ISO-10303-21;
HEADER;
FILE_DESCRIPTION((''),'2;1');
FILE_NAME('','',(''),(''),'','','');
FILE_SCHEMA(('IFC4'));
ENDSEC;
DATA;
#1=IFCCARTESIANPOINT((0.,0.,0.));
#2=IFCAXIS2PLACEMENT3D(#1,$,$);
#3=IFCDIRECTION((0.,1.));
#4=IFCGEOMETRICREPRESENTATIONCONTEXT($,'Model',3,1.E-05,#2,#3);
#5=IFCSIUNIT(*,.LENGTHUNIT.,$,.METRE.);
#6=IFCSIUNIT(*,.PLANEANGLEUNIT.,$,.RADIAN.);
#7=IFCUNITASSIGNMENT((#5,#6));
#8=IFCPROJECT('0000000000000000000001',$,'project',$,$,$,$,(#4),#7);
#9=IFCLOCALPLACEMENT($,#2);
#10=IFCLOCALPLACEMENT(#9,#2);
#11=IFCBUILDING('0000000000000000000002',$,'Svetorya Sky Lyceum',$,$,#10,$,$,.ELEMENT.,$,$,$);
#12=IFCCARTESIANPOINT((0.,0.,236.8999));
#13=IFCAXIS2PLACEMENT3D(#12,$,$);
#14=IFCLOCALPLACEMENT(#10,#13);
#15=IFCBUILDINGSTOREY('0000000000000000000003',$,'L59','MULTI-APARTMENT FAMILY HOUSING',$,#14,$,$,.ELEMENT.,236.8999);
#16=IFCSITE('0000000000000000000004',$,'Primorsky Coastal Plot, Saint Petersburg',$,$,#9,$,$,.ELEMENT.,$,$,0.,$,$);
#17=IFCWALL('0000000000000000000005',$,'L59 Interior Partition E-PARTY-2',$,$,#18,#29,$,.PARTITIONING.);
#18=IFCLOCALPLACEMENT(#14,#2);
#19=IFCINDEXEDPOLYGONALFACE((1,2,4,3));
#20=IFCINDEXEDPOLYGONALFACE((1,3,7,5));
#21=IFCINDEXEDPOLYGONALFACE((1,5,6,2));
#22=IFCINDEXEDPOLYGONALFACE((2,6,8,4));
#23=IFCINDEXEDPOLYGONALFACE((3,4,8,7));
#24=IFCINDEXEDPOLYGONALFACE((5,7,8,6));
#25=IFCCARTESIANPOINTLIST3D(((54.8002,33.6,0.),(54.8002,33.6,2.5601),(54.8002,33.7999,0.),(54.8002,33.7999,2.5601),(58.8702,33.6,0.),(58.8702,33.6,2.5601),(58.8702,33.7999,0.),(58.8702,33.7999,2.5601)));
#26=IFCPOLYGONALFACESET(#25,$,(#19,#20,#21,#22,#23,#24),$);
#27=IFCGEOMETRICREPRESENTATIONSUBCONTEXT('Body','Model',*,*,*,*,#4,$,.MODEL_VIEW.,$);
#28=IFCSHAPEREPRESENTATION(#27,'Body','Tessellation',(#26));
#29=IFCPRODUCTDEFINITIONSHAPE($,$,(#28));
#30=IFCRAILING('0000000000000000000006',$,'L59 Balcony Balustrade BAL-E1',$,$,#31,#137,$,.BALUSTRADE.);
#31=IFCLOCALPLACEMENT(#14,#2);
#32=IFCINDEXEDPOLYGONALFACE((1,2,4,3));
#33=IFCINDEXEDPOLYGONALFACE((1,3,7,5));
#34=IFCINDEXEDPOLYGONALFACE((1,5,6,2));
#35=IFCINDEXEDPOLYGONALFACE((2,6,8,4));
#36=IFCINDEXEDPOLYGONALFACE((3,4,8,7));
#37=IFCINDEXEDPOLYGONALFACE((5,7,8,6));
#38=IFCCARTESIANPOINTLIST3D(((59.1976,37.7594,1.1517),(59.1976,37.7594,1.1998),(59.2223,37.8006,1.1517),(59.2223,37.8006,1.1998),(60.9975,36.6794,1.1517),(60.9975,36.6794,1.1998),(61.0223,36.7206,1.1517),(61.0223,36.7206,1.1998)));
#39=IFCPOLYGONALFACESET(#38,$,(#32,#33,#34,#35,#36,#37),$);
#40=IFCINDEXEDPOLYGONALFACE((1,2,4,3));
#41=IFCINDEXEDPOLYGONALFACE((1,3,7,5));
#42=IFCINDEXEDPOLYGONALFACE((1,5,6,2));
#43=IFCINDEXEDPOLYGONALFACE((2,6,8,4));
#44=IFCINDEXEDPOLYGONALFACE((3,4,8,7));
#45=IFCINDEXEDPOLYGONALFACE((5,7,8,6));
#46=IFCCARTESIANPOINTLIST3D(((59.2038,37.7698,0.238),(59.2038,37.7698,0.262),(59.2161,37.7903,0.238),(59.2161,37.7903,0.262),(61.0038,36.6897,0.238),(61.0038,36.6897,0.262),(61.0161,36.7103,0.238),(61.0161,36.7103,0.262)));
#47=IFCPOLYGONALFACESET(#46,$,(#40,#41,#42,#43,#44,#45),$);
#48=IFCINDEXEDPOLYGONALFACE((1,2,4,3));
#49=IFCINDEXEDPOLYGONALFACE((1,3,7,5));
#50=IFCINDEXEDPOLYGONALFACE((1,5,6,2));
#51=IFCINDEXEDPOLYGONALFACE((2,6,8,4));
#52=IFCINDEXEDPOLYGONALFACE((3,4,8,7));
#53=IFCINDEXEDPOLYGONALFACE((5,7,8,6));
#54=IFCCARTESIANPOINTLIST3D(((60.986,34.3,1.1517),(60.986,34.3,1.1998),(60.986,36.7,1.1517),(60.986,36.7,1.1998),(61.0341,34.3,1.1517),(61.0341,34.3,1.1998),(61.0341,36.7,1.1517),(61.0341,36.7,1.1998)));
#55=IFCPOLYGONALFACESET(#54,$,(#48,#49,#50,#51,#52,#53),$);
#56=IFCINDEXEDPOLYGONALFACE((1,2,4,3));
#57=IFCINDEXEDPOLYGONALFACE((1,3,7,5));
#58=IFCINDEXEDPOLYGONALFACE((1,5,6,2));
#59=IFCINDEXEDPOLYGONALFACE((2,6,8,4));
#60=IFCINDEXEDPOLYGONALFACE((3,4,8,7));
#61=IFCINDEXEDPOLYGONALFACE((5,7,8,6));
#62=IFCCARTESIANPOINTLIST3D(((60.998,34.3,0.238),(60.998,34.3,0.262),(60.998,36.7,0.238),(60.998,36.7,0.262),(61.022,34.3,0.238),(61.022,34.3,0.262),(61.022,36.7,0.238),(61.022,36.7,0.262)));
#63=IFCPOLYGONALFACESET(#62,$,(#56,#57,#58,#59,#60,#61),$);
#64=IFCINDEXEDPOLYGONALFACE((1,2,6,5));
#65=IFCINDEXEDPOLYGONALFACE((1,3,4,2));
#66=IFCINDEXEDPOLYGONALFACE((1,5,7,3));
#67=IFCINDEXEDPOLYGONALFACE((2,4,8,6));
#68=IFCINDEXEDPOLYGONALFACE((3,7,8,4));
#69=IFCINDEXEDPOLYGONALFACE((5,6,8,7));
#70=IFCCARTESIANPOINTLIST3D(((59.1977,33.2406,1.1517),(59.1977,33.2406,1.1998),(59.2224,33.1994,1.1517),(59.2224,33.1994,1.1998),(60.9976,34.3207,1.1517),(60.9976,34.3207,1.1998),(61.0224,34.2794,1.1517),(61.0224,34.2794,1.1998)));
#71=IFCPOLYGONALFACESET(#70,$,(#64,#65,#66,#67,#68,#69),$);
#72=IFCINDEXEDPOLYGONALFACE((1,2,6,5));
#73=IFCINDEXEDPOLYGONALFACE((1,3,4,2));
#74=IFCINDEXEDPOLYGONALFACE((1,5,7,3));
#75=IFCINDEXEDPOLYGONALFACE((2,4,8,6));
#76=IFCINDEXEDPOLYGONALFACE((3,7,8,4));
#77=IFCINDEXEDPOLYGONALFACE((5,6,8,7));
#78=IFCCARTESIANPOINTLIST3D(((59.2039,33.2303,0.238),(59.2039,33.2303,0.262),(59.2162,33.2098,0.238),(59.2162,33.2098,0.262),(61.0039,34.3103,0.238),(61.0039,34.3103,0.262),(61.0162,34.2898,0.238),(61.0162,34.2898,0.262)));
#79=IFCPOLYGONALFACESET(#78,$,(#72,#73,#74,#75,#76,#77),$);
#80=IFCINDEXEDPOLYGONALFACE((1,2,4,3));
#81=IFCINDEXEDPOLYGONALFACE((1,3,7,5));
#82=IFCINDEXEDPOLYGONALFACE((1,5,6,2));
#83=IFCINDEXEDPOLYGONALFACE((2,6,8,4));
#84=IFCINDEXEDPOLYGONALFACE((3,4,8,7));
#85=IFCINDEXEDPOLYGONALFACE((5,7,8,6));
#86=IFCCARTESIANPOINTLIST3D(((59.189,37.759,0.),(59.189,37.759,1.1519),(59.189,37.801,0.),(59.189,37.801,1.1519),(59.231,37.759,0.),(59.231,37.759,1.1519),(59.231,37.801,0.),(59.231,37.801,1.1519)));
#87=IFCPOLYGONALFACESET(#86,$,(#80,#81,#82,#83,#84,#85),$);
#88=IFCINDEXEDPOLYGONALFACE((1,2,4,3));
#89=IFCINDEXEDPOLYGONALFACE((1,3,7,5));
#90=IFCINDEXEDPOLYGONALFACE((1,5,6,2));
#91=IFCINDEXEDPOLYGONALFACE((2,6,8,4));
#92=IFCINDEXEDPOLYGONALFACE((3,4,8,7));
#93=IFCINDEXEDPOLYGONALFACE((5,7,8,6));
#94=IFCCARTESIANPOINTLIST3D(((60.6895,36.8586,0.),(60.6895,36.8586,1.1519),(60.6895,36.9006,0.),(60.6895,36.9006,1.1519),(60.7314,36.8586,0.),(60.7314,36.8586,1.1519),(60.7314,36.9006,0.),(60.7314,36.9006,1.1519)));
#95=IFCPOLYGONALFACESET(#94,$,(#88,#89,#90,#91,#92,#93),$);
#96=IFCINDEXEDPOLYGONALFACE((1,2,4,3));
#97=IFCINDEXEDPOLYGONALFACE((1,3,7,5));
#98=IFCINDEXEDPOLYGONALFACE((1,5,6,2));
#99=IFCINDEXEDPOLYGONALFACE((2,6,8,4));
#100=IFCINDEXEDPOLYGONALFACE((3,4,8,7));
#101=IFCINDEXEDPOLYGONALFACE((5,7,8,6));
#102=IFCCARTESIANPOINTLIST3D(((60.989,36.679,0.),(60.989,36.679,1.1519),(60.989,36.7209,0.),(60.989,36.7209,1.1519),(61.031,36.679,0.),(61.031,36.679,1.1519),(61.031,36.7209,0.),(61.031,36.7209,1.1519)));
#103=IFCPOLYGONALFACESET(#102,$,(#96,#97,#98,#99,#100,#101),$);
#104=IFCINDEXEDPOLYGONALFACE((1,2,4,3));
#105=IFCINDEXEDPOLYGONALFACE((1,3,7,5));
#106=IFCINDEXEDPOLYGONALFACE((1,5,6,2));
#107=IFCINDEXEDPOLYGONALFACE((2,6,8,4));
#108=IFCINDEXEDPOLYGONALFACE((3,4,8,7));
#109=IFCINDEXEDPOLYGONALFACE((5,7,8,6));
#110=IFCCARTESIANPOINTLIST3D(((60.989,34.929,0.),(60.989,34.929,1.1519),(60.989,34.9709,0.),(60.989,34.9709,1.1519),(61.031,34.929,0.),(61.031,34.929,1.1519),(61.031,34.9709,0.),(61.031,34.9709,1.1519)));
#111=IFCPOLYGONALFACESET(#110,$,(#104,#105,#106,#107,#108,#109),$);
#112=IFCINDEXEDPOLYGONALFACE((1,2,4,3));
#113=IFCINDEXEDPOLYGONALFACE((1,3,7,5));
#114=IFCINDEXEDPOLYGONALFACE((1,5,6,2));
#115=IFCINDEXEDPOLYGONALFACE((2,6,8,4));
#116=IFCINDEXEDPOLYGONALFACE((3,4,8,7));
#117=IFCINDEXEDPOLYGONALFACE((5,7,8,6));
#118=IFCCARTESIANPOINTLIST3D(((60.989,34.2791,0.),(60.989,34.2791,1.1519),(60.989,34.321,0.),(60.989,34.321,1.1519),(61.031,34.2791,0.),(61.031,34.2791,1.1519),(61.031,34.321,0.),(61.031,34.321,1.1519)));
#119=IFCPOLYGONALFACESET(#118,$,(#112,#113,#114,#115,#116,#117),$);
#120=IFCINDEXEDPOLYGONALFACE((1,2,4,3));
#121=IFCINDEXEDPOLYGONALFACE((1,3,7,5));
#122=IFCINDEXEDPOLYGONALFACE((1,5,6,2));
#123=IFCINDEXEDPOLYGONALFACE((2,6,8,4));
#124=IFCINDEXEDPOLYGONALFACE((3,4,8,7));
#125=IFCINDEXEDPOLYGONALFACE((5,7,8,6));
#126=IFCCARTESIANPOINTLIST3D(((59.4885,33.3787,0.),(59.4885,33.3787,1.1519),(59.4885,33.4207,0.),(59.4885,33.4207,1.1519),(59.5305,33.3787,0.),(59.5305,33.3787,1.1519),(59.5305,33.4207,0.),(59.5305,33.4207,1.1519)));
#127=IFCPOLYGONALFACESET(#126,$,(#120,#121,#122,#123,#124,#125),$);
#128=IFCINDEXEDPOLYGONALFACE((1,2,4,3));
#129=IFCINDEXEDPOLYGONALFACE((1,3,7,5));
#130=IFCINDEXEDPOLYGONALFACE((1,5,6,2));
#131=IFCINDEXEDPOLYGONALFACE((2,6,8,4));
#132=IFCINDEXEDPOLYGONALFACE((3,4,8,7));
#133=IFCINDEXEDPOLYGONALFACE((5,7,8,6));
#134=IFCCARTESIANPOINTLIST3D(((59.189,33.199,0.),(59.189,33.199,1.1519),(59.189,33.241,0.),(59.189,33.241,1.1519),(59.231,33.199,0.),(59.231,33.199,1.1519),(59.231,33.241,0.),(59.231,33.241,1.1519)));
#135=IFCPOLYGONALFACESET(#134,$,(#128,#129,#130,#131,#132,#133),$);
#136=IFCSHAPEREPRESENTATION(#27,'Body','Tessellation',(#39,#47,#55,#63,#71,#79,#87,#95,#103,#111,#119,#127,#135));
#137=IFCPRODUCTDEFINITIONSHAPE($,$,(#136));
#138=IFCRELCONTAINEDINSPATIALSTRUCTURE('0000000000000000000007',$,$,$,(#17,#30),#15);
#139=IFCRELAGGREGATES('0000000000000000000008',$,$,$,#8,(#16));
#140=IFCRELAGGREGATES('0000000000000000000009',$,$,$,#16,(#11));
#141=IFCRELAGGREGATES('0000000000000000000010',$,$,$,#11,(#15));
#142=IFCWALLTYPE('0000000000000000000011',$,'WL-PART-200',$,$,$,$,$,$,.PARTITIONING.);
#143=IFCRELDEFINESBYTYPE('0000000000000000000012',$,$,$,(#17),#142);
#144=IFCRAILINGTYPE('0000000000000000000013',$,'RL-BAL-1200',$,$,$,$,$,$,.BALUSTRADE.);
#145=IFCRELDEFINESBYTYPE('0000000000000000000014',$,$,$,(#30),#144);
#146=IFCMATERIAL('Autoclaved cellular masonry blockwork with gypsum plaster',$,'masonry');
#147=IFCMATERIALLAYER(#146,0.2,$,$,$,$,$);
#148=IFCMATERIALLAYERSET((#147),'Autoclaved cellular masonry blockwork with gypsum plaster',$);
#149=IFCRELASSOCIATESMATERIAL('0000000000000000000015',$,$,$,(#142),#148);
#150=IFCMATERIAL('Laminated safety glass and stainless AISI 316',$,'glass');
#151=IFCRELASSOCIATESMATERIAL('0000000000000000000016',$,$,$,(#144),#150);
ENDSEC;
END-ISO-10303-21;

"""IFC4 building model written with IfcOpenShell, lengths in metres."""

from ifc_helpers import new_model, si_unit, direction, frame, frame_2d, origin, origin_2d, place, context, subcontext, project, spatial, rectangle, extrude, material, layer, layer_set, type_object, element, save


model = new_model("IFC4")

# Units and contexts
model_context = context("Model", 3, precision=1e-05, world=origin(), true_north=direction((0.0, 1.0)))
body_context = subcontext(model_context, "Body", "Model", "MODEL_VIEW")
ifc_project = project(units=[si_unit("LENGTHUNIT", "METRE"), si_unit("PLANEANGLEUNIT", "RADIAN")], contexts=[model_context])

# Site, building, storey
site_placement = place(None, origin())
site = spatial("IfcSite", under=ifc_project, at=site_placement, Name="Primorsky Coastal Plot, Saint Petersburg", CompositionType="ELEMENT", RefElevation=0.0)
building_placement = place(site_placement, origin())
building = spatial("IfcBuilding", under=site, at=building_placement, Name="Svetorya Sky Lyceum", CompositionType="ELEMENT")
storey_placement = place(building_placement, frame((0.0, 0.0, 236.8999)))
storey = spatial("IfcBuildingStorey", under=building, at=storey_placement, Name="L59", Description="MULTI-APARTMENT FAMILY HOUSING", CompositionType="ELEMENT", Elevation=236.8999)

# Wall
ifc_material_1 = material(Name="Autoclaved cellular masonry blockwork with gypsum plaster", Category="masonry")
ifc_layer_1 = layer(ifc_material_1, 0.2)
ifc_layer_set_1 = layer_set([ifc_layer_1], Name="Autoclaved cellular masonry blockwork with gypsum plaster")
wall_type_1 = type_object("IfcWallType", Name="WL-PART-200", PredefinedType="PARTITIONING", material=ifc_layer_set_1)
wall_1_placement = place(storey_placement, frame((54.8, 33.7, 0.0), z_axis=(0.0, 0.0, 1.0), x_axis=(1.0, 0.0, 0.0)))
element("IfcWall", 1, at=wall_1_placement, inside=storey, type_object=wall_type_1, Name="L59 Interior Partition E-PARTY-2", PredefinedType="PARTITIONING", context=body_context, shape_type="SweptSolid", body=[
    extrude(rectangle(XDim=4.0701, YDim=0.2, at=frame_2d((2.0352, 0.0))), origin(), (0.0, 0.0, 1.0), 2.5601),
])

# Railing
ifc_material_2 = material(Name="Laminated safety glass and stainless AISI 316", Category="glass")
railing_type = type_object("IfcRailingType", Name="RL-BAL-1200", PredefinedType="BALUSTRADE", material=ifc_material_2)
railing_placement = place(storey_placement, frame((59.21, 37.78, 0.0)))
element("IfcRailing", 2, at=railing_placement, inside=storey, type_object=railing_type, Name="L59 Balcony Balustrade BAL-E1", PredefinedType="BALUSTRADE", context=body_context, shape_type="SweptSolid", body=[
    extrude(rectangle(XDim=0.0481, YDim=0.0481, at=origin_2d()), frame((0.0, 0.0, 1.1758), z_axis=(0.857483, -0.514513, 0.0), x_axis=(0.514513, 0.857483, 0.0)), (0.0, 0.0, 1.0), 2.0991),
    extrude(rectangle(XDim=0.0239, YDim=0.0239, at=origin_2d()), frame((0.0, 0.0, 0.25), z_axis=(0.857483, -0.514513, 0.0), x_axis=(0.514513, 0.857483, 0.0)), (0.0, 0.0, 1.0), 2.0991),
    extrude(rectangle(XDim=0.0481, YDim=0.0481, at=origin_2d()), frame((1.8, -1.0801, 1.1758), z_axis=(0.0, -1.0, 0.0), x_axis=(1.0, 0.0, 0.0)), (0.0, 0.0, 1.0), 2.3999),
    extrude(rectangle(XDim=0.0239, YDim=0.0239, at=origin_2d()), frame((1.8, -1.0801, 0.25), z_axis=(0.0, -1.0, 0.0), x_axis=(1.0, 0.0, 0.0)), (0.0, 0.0, 1.0), 2.3999),
    extrude(rectangle(XDim=0.0481, YDim=0.0481, at=origin_2d()), frame((1.8, -3.48, 1.1758), z_axis=(-0.857483, -0.514513, 0.0), x_axis=(0.514513, -0.857483, 0.0)), (0.0, 0.0, 1.0), 2.0991),
    extrude(rectangle(XDim=0.0239, YDim=0.0239, at=origin_2d()), frame((1.8, -3.48, 0.25), z_axis=(-0.857483, -0.514513, 0.0), x_axis=(0.514513, -0.857483, 0.0)), (0.0, 0.0, 1.0), 2.0991),
    extrude(rectangle(XDim=0.042, YDim=0.042, at=origin_2d()), origin(), (0.0, 0.0, 1.0), 1.1519),
    extrude(rectangle(XDim=0.042, YDim=0.042, at=origin_2d()), frame((1.5005, -0.9004, 0.0)), (0.0, 0.0, 1.0), 1.1519),
    extrude(rectangle(XDim=0.042, YDim=0.042, at=origin_2d()), frame((1.8, -1.0801, 0.0)), (0.0, 0.0, 1.0), 1.1519),
    extrude(rectangle(XDim=0.042, YDim=0.042, at=origin_2d()), frame((1.8, -2.8301, 0.0)), (0.0, 0.0, 1.0), 1.1519),
    extrude(rectangle(XDim=0.042, YDim=0.042, at=origin_2d()), frame((1.8, -3.48, 0.0)), (0.0, 0.0, 1.0), 1.1519),
    extrude(rectangle(XDim=0.042, YDim=0.042, at=origin_2d()), frame((0.2996, -4.3804, 0.0)), (0.0, 0.0, 1.0), 1.1519),
    extrude(rectangle(XDim=0.042, YDim=0.042, at=origin_2d()), frame((0.0, -4.5601, 0.0)), (0.0, 0.0, 1.0), 1.1519),
])

save(model, "model.ifc")
